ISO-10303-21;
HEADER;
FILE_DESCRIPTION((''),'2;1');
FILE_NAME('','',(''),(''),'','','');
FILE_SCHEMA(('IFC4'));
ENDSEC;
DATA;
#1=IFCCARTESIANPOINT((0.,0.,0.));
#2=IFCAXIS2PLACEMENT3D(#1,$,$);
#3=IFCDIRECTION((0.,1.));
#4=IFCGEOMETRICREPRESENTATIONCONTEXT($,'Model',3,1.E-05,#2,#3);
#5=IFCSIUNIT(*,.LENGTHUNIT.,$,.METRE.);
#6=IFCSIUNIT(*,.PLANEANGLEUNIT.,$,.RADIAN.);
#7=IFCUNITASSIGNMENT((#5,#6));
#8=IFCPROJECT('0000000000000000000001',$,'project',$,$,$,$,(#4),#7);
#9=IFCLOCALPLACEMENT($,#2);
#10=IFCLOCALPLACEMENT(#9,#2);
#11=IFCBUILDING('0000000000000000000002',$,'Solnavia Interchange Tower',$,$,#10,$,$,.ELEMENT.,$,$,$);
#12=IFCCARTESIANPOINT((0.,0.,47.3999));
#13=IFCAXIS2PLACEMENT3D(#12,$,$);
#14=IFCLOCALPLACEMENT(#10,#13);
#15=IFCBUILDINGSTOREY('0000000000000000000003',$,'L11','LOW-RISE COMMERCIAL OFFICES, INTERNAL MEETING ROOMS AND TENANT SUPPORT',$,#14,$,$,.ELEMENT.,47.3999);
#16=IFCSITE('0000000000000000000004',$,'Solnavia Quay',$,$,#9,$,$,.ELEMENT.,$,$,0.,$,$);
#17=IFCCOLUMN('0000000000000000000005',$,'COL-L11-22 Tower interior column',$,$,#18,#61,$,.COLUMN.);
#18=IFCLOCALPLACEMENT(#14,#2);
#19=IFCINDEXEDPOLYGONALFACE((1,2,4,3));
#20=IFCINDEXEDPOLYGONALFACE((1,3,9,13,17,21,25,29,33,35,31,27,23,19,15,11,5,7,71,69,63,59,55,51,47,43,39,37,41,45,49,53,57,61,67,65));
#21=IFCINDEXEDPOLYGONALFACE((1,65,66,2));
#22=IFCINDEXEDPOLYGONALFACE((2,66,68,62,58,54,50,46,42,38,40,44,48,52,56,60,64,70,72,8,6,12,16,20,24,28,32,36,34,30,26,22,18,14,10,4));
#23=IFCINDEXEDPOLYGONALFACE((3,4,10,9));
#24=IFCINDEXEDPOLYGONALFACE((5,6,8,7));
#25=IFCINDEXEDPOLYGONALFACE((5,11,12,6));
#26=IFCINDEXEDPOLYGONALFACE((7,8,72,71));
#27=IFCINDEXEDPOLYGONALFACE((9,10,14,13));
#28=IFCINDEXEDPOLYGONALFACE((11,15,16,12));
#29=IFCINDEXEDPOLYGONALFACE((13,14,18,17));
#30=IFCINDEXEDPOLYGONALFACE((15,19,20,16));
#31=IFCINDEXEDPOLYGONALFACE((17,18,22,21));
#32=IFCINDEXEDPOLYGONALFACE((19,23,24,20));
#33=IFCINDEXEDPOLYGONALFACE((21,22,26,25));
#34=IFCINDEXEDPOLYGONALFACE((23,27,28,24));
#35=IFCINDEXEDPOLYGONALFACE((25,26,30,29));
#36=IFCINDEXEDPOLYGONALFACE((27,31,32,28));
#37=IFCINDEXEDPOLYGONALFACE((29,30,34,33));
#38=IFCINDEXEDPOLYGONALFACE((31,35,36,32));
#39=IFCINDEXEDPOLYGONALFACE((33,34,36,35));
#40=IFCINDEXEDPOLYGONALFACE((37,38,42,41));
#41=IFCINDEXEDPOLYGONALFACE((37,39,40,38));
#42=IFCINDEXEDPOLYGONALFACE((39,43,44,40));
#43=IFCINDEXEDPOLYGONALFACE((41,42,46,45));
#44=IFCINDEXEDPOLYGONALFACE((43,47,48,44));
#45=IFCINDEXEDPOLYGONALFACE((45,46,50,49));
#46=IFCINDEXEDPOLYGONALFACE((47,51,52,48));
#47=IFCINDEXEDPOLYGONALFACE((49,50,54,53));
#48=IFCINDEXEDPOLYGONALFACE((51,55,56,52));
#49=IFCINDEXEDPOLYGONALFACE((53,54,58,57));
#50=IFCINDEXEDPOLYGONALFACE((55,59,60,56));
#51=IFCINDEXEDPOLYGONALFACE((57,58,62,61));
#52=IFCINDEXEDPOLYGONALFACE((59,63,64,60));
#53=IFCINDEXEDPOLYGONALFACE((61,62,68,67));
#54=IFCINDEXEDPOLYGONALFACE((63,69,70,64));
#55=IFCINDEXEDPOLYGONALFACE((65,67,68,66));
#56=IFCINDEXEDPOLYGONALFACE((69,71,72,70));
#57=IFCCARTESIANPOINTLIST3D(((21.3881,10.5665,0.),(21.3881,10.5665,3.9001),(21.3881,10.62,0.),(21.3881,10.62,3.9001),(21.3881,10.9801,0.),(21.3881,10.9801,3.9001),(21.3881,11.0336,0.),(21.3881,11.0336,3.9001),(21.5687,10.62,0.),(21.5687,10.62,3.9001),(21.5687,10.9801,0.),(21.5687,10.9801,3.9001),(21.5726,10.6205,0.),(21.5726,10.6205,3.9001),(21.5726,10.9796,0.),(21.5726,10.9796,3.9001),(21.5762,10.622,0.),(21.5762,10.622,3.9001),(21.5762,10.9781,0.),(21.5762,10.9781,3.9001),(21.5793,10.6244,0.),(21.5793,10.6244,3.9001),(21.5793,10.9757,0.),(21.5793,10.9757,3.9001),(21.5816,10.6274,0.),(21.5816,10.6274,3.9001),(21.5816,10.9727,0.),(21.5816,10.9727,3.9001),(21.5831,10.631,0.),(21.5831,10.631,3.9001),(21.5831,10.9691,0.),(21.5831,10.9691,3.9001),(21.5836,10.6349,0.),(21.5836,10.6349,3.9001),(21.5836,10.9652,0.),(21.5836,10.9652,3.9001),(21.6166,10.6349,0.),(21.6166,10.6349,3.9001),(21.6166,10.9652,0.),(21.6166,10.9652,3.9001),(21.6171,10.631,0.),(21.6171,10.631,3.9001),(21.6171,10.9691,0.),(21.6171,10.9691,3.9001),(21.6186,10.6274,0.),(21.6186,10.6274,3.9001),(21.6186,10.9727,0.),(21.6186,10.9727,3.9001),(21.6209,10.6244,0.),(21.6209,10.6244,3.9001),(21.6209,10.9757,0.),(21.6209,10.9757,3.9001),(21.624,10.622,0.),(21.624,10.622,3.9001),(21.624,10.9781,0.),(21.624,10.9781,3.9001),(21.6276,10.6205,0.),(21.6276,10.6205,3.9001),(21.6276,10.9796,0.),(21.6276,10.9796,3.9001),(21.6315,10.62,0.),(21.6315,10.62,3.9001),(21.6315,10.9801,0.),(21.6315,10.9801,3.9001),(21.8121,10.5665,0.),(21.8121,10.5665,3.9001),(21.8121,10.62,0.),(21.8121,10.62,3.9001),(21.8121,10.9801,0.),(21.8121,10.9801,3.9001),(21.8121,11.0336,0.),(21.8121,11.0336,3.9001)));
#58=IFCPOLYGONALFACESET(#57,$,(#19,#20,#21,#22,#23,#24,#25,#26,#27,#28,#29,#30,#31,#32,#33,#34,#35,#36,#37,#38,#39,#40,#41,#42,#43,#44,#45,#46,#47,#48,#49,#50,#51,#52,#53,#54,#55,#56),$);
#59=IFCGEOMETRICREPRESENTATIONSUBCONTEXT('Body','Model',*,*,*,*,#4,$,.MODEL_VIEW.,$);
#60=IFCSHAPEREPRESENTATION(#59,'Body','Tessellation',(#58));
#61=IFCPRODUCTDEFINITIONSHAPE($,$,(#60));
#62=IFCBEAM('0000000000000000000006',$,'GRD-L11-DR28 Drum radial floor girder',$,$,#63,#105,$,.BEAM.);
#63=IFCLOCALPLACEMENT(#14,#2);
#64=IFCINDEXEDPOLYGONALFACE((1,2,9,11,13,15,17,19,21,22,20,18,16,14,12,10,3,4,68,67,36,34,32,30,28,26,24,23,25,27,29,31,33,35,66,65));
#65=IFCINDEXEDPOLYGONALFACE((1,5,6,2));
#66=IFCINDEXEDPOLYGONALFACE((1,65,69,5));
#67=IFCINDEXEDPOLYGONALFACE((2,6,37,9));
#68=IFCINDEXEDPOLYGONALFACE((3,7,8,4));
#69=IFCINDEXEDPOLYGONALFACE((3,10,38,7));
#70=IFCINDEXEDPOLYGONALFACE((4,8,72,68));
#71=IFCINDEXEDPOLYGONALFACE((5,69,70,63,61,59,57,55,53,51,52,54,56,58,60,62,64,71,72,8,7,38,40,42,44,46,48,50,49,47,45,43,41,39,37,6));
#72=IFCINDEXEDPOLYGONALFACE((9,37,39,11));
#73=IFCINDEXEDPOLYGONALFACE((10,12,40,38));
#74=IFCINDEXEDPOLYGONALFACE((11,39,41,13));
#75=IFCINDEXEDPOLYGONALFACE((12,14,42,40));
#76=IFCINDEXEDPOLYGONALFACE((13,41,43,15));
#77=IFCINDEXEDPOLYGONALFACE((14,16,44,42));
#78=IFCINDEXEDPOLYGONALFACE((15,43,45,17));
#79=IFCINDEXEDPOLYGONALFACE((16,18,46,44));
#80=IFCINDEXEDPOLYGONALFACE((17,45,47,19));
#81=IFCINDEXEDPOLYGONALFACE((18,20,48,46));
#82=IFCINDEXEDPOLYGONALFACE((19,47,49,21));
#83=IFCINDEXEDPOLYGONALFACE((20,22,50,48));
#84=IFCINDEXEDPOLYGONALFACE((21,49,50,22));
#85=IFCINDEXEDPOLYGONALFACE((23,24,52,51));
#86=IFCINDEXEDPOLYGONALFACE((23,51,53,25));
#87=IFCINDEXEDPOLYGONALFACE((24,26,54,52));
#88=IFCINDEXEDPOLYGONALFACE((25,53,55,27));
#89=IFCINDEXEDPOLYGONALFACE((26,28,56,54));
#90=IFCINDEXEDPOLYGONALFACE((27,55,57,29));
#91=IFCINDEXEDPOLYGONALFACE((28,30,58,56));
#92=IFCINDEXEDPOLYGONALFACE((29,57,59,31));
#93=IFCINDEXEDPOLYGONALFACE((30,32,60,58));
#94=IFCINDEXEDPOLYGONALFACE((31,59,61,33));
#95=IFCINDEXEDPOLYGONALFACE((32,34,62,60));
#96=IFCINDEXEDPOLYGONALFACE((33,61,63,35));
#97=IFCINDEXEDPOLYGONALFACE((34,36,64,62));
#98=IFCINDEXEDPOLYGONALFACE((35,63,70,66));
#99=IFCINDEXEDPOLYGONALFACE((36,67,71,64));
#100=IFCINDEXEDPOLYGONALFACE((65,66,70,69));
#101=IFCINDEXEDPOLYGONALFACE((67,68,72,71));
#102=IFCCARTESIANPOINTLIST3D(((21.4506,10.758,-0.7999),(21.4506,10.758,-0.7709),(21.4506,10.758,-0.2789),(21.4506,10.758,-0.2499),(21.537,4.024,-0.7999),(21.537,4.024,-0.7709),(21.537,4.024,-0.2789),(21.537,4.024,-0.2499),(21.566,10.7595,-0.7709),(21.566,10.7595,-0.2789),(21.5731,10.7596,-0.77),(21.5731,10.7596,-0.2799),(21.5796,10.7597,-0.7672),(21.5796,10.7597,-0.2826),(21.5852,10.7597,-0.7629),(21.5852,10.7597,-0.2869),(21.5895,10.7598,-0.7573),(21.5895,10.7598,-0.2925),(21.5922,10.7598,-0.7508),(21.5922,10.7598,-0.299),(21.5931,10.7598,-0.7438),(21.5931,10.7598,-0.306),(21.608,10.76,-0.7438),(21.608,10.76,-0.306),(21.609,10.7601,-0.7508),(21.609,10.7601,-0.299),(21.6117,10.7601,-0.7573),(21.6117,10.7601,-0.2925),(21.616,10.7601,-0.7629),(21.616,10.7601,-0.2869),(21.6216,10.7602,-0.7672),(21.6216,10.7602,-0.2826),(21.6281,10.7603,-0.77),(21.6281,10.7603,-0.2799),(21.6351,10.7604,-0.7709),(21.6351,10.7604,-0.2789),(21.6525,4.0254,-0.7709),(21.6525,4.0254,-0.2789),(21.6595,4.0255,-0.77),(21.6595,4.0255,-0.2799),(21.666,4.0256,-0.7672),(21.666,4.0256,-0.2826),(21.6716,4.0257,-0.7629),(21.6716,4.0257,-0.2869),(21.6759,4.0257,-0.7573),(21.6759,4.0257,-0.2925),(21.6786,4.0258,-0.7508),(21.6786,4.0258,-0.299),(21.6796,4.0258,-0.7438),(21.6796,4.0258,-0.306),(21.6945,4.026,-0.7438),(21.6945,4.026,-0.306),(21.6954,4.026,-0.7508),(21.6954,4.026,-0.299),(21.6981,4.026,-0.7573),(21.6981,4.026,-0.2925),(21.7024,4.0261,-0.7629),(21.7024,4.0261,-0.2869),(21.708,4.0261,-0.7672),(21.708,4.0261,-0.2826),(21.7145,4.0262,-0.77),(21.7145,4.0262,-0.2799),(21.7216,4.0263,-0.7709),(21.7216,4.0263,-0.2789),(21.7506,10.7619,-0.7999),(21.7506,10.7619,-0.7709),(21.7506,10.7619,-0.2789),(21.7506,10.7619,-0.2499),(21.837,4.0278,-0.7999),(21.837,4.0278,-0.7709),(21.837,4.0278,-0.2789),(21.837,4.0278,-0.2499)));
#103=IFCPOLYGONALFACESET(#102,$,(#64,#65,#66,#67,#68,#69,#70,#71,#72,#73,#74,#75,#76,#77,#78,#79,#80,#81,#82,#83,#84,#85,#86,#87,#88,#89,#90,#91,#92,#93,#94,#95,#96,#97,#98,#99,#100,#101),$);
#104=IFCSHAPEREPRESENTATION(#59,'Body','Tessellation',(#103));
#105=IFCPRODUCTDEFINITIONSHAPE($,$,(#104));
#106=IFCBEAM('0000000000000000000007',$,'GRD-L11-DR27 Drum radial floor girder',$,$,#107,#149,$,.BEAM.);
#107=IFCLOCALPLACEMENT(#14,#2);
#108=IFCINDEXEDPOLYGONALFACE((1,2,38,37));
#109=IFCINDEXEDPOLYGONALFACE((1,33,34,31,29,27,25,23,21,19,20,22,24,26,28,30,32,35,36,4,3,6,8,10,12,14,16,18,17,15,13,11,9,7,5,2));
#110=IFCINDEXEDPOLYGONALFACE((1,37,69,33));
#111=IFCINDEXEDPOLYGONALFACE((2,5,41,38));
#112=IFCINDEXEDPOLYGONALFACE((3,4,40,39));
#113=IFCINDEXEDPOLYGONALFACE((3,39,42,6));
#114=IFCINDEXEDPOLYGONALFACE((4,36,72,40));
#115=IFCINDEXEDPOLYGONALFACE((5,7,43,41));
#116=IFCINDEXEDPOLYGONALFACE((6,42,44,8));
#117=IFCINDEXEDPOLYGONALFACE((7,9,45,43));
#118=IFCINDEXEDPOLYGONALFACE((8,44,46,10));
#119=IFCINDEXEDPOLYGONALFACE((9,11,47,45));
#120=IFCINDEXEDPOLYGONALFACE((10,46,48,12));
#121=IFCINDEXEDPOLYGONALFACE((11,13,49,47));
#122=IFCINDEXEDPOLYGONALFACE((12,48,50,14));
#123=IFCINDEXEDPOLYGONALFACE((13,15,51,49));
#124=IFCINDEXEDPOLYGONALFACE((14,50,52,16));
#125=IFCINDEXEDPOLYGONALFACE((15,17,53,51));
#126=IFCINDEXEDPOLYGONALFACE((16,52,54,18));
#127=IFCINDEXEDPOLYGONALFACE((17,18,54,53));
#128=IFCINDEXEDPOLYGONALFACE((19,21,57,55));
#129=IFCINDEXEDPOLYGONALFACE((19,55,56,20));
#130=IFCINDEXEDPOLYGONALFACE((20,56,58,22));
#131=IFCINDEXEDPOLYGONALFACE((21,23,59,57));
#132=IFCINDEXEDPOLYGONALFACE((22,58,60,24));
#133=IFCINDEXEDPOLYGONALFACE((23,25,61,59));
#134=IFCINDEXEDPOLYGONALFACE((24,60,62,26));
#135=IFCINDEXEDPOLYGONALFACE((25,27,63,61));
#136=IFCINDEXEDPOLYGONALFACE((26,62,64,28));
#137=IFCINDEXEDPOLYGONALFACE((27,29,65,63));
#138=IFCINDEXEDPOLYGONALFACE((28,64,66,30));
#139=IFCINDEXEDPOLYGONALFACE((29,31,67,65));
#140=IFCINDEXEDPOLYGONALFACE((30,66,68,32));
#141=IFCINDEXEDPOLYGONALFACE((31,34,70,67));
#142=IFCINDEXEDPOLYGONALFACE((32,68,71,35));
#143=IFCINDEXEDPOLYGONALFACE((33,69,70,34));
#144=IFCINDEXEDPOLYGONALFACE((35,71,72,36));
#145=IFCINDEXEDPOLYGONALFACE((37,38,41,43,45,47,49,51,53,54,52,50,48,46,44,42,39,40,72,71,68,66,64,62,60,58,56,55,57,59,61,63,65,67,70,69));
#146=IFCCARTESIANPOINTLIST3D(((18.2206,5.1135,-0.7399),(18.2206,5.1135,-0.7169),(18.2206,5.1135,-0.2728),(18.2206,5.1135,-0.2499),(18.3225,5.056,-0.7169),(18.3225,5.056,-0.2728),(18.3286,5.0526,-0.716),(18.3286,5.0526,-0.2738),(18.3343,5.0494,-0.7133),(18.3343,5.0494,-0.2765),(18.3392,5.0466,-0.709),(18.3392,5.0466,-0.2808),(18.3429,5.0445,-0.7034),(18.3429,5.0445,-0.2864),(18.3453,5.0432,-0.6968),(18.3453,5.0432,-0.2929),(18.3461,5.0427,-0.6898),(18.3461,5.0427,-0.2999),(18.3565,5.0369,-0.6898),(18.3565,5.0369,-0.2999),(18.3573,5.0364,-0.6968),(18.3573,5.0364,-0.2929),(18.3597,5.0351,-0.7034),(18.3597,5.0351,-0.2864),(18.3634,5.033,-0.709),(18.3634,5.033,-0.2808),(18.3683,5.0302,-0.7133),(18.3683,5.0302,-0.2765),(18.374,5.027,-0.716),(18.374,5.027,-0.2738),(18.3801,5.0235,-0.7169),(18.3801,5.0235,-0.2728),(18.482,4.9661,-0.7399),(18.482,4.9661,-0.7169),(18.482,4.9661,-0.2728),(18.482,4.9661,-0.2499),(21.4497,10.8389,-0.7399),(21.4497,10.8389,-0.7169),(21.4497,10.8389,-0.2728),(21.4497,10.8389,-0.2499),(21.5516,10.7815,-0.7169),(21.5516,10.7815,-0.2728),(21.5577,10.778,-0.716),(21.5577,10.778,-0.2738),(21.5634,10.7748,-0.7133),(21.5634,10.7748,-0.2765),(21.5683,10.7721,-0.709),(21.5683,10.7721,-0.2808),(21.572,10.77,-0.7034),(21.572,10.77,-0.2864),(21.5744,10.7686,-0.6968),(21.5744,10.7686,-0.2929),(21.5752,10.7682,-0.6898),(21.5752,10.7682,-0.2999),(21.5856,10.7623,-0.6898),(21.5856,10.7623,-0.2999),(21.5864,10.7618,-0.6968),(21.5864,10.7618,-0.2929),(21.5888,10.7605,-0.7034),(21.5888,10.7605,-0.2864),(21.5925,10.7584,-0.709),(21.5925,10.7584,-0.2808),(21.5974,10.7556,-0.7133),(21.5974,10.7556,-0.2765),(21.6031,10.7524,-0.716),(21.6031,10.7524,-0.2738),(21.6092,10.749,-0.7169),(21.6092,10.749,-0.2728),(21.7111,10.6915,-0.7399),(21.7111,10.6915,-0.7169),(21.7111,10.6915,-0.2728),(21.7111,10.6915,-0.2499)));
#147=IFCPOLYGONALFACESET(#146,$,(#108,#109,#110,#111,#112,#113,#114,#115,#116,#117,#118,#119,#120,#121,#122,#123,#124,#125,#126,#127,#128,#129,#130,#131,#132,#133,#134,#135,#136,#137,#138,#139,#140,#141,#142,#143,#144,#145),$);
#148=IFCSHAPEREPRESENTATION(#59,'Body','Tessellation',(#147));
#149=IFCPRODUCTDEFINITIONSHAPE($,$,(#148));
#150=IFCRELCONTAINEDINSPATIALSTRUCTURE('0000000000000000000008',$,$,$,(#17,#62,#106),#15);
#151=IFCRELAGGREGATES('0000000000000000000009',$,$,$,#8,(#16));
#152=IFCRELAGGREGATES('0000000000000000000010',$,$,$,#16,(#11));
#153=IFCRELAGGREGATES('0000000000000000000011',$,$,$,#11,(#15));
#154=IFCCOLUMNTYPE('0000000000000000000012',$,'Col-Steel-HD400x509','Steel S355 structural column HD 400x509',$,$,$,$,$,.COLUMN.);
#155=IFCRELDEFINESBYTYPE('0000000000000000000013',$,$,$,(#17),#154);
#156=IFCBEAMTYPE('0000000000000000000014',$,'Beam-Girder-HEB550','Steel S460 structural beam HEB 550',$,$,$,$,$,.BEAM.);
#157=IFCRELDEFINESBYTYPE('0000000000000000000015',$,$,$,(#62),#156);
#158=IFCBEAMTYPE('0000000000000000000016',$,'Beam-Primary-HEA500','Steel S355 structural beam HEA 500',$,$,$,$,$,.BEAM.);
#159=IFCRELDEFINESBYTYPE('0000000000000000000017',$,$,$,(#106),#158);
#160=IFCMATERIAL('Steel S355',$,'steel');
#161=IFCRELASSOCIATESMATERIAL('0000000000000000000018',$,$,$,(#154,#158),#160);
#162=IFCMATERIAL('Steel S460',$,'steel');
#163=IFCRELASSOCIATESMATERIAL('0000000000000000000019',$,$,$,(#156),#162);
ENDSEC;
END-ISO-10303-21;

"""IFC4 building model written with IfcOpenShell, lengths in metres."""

from ifc_helpers import new_model, si_unit, direction, frame, origin, origin_2d, place, context, subcontext, project, spatial, i_section, extrude, material, material_profile, profile_set, type_object, element, save


model = new_model("IFC4")

# Units and contexts
model_context = context("Model", 3, precision=1e-05, world=origin(), true_north=direction((0.0, 1.0)))
body_context = subcontext(model_context, "Body", "Model", "MODEL_VIEW")
ifc_project = project(units=[si_unit("LENGTHUNIT", "METRE"), si_unit("PLANEANGLEUNIT", "RADIAN")], contexts=[model_context])

# Site, building, storey
site_placement = place(None, origin())
site = spatial("IfcSite", under=ifc_project, at=site_placement, Name="Solnavia Quay", CompositionType="ELEMENT", RefElevation=0.0)
building_placement = place(site_placement, origin())
building = spatial("IfcBuilding", under=site, at=building_placement, Name="Solnavia Interchange Tower", CompositionType="ELEMENT")
storey_placement = place(building_placement, frame((0.0, 0.0, 47.3999)))
storey = spatial("IfcBuildingStorey", under=building, at=storey_placement, Name="L11", Description="LOW-RISE COMMERCIAL OFFICES, INTERNAL MEETING ROOMS AND TENANT SUPPORT", CompositionType="ELEMENT", Elevation=47.3999)

# Column
ifc_material_1 = material(Name="Steel S355", Category="steel")
ifc_material_profile_1 = material_profile(ifc_material_1, i_section(OverallWidth=0.4241, OverallDepth=0.467, WebThickness=0.033, FlangeThickness=0.0535, FilletRadius=0.0149, at=origin_2d()), Name="HD 400x509")
ifc_profile_set_1 = profile_set([ifc_material_profile_1], Name="Steel S355")
column_type_1 = type_object("IfcColumnType", Name="Col-Steel-HD400x509", Description="Steel S355 structural column HD 400x509", PredefinedType="COLUMN", material=ifc_profile_set_1)
column_placement = place(storey_placement, frame((21.6001, 10.8, 0.0), z_axis=(0.0, 0.0, 1.0), x_axis=(1.0, 0.0, 0.0)))
element("IfcColumn", 1, at=column_placement, inside=storey, type_object=column_type_1, Name="COL-L11-22 Tower interior column", PredefinedType="COLUMN", context=body_context, shape_type="SweptSolid", body=[
    extrude(i_section(OverallWidth=0.4241, OverallDepth=0.467, WebThickness=0.033, FlangeThickness=0.0535, FilletRadius=0.0149, at=origin_2d()), origin(), (0.0, 0.0, 1.0), 3.9001),
])

# Beams
ifc_material_2 = material(Name="Steel S460", Category="steel")
ifc_material_profile_2 = material_profile(ifc_material_2, i_section(OverallWidth=0.3, OverallDepth=0.55, WebThickness=0.0149, FlangeThickness=0.0291, FilletRadius=0.0271, at=origin_2d()), Name="HEB 550")
ifc_profile_set_2 = profile_set([ifc_material_profile_2], Name="Steel S460")
beam_type_1 = type_object("IfcBeamType", Name="Beam-Girder-HEB550", Description="Steel S460 structural beam HEB 550", PredefinedType="BEAM", material=ifc_profile_set_2)
beam_1_placement = place(storey_placement, frame((21.687, 4.0259, -0.5249), z_axis=(-0.012833, 0.999918, 0.0), x_axis=(-0.999918, -0.012833, 0.0)))
element("IfcBeam", 2, at=beam_1_placement, inside=storey, type_object=beam_type_1, Name="GRD-L11-DR28 Drum radial floor girder", PredefinedType="BEAM", context=body_context, shape_type="SweptSolid", body=[
    extrude(i_section(OverallWidth=0.3, OverallDepth=0.55, WebThickness=0.0149, FlangeThickness=0.0291, FilletRadius=0.0271, at=origin_2d()), origin(), (0.0, 0.0, 1.0), 6.7346),
])
ifc_material_profile_3 = material_profile(ifc_material_1, i_section(OverallWidth=0.3, OverallDepth=0.49, WebThickness=0.012, FlangeThickness=0.0229, FilletRadius=0.0271, at=origin_2d()), Name="HEA 500")
ifc_profile_set_3 = profile_set([ifc_material_profile_3], Name="Steel S355")
beam_type_2 = type_object("IfcBeamType", Name="Beam-Primary-HEA500", Description="Steel S355 structural beam HEA 500", PredefinedType="BEAM", material=ifc_profile_set_3)
beam_2_placement = place(storey_placement, frame((18.3513, 5.0398, -0.4949), z_axis=(0.491243, 0.871022, 0.0), x_axis=(-0.871022, 0.491243, 0.0)))
element("IfcBeam", 3, at=beam_2_placement, inside=storey, type_object=beam_type_2, Name="GRD-L11-DR27 Drum radial floor girder", PredefinedType="BEAM", context=body_context, shape_type="SweptSolid", body=[
    extrude(i_section(OverallWidth=0.3, OverallDepth=0.49, WebThickness=0.012, FlangeThickness=0.0229, FilletRadius=0.0271, at=origin_2d()), origin(), (0.0, 0.0, 1.0), 6.5732),
])

save(model, "model.ifc")
